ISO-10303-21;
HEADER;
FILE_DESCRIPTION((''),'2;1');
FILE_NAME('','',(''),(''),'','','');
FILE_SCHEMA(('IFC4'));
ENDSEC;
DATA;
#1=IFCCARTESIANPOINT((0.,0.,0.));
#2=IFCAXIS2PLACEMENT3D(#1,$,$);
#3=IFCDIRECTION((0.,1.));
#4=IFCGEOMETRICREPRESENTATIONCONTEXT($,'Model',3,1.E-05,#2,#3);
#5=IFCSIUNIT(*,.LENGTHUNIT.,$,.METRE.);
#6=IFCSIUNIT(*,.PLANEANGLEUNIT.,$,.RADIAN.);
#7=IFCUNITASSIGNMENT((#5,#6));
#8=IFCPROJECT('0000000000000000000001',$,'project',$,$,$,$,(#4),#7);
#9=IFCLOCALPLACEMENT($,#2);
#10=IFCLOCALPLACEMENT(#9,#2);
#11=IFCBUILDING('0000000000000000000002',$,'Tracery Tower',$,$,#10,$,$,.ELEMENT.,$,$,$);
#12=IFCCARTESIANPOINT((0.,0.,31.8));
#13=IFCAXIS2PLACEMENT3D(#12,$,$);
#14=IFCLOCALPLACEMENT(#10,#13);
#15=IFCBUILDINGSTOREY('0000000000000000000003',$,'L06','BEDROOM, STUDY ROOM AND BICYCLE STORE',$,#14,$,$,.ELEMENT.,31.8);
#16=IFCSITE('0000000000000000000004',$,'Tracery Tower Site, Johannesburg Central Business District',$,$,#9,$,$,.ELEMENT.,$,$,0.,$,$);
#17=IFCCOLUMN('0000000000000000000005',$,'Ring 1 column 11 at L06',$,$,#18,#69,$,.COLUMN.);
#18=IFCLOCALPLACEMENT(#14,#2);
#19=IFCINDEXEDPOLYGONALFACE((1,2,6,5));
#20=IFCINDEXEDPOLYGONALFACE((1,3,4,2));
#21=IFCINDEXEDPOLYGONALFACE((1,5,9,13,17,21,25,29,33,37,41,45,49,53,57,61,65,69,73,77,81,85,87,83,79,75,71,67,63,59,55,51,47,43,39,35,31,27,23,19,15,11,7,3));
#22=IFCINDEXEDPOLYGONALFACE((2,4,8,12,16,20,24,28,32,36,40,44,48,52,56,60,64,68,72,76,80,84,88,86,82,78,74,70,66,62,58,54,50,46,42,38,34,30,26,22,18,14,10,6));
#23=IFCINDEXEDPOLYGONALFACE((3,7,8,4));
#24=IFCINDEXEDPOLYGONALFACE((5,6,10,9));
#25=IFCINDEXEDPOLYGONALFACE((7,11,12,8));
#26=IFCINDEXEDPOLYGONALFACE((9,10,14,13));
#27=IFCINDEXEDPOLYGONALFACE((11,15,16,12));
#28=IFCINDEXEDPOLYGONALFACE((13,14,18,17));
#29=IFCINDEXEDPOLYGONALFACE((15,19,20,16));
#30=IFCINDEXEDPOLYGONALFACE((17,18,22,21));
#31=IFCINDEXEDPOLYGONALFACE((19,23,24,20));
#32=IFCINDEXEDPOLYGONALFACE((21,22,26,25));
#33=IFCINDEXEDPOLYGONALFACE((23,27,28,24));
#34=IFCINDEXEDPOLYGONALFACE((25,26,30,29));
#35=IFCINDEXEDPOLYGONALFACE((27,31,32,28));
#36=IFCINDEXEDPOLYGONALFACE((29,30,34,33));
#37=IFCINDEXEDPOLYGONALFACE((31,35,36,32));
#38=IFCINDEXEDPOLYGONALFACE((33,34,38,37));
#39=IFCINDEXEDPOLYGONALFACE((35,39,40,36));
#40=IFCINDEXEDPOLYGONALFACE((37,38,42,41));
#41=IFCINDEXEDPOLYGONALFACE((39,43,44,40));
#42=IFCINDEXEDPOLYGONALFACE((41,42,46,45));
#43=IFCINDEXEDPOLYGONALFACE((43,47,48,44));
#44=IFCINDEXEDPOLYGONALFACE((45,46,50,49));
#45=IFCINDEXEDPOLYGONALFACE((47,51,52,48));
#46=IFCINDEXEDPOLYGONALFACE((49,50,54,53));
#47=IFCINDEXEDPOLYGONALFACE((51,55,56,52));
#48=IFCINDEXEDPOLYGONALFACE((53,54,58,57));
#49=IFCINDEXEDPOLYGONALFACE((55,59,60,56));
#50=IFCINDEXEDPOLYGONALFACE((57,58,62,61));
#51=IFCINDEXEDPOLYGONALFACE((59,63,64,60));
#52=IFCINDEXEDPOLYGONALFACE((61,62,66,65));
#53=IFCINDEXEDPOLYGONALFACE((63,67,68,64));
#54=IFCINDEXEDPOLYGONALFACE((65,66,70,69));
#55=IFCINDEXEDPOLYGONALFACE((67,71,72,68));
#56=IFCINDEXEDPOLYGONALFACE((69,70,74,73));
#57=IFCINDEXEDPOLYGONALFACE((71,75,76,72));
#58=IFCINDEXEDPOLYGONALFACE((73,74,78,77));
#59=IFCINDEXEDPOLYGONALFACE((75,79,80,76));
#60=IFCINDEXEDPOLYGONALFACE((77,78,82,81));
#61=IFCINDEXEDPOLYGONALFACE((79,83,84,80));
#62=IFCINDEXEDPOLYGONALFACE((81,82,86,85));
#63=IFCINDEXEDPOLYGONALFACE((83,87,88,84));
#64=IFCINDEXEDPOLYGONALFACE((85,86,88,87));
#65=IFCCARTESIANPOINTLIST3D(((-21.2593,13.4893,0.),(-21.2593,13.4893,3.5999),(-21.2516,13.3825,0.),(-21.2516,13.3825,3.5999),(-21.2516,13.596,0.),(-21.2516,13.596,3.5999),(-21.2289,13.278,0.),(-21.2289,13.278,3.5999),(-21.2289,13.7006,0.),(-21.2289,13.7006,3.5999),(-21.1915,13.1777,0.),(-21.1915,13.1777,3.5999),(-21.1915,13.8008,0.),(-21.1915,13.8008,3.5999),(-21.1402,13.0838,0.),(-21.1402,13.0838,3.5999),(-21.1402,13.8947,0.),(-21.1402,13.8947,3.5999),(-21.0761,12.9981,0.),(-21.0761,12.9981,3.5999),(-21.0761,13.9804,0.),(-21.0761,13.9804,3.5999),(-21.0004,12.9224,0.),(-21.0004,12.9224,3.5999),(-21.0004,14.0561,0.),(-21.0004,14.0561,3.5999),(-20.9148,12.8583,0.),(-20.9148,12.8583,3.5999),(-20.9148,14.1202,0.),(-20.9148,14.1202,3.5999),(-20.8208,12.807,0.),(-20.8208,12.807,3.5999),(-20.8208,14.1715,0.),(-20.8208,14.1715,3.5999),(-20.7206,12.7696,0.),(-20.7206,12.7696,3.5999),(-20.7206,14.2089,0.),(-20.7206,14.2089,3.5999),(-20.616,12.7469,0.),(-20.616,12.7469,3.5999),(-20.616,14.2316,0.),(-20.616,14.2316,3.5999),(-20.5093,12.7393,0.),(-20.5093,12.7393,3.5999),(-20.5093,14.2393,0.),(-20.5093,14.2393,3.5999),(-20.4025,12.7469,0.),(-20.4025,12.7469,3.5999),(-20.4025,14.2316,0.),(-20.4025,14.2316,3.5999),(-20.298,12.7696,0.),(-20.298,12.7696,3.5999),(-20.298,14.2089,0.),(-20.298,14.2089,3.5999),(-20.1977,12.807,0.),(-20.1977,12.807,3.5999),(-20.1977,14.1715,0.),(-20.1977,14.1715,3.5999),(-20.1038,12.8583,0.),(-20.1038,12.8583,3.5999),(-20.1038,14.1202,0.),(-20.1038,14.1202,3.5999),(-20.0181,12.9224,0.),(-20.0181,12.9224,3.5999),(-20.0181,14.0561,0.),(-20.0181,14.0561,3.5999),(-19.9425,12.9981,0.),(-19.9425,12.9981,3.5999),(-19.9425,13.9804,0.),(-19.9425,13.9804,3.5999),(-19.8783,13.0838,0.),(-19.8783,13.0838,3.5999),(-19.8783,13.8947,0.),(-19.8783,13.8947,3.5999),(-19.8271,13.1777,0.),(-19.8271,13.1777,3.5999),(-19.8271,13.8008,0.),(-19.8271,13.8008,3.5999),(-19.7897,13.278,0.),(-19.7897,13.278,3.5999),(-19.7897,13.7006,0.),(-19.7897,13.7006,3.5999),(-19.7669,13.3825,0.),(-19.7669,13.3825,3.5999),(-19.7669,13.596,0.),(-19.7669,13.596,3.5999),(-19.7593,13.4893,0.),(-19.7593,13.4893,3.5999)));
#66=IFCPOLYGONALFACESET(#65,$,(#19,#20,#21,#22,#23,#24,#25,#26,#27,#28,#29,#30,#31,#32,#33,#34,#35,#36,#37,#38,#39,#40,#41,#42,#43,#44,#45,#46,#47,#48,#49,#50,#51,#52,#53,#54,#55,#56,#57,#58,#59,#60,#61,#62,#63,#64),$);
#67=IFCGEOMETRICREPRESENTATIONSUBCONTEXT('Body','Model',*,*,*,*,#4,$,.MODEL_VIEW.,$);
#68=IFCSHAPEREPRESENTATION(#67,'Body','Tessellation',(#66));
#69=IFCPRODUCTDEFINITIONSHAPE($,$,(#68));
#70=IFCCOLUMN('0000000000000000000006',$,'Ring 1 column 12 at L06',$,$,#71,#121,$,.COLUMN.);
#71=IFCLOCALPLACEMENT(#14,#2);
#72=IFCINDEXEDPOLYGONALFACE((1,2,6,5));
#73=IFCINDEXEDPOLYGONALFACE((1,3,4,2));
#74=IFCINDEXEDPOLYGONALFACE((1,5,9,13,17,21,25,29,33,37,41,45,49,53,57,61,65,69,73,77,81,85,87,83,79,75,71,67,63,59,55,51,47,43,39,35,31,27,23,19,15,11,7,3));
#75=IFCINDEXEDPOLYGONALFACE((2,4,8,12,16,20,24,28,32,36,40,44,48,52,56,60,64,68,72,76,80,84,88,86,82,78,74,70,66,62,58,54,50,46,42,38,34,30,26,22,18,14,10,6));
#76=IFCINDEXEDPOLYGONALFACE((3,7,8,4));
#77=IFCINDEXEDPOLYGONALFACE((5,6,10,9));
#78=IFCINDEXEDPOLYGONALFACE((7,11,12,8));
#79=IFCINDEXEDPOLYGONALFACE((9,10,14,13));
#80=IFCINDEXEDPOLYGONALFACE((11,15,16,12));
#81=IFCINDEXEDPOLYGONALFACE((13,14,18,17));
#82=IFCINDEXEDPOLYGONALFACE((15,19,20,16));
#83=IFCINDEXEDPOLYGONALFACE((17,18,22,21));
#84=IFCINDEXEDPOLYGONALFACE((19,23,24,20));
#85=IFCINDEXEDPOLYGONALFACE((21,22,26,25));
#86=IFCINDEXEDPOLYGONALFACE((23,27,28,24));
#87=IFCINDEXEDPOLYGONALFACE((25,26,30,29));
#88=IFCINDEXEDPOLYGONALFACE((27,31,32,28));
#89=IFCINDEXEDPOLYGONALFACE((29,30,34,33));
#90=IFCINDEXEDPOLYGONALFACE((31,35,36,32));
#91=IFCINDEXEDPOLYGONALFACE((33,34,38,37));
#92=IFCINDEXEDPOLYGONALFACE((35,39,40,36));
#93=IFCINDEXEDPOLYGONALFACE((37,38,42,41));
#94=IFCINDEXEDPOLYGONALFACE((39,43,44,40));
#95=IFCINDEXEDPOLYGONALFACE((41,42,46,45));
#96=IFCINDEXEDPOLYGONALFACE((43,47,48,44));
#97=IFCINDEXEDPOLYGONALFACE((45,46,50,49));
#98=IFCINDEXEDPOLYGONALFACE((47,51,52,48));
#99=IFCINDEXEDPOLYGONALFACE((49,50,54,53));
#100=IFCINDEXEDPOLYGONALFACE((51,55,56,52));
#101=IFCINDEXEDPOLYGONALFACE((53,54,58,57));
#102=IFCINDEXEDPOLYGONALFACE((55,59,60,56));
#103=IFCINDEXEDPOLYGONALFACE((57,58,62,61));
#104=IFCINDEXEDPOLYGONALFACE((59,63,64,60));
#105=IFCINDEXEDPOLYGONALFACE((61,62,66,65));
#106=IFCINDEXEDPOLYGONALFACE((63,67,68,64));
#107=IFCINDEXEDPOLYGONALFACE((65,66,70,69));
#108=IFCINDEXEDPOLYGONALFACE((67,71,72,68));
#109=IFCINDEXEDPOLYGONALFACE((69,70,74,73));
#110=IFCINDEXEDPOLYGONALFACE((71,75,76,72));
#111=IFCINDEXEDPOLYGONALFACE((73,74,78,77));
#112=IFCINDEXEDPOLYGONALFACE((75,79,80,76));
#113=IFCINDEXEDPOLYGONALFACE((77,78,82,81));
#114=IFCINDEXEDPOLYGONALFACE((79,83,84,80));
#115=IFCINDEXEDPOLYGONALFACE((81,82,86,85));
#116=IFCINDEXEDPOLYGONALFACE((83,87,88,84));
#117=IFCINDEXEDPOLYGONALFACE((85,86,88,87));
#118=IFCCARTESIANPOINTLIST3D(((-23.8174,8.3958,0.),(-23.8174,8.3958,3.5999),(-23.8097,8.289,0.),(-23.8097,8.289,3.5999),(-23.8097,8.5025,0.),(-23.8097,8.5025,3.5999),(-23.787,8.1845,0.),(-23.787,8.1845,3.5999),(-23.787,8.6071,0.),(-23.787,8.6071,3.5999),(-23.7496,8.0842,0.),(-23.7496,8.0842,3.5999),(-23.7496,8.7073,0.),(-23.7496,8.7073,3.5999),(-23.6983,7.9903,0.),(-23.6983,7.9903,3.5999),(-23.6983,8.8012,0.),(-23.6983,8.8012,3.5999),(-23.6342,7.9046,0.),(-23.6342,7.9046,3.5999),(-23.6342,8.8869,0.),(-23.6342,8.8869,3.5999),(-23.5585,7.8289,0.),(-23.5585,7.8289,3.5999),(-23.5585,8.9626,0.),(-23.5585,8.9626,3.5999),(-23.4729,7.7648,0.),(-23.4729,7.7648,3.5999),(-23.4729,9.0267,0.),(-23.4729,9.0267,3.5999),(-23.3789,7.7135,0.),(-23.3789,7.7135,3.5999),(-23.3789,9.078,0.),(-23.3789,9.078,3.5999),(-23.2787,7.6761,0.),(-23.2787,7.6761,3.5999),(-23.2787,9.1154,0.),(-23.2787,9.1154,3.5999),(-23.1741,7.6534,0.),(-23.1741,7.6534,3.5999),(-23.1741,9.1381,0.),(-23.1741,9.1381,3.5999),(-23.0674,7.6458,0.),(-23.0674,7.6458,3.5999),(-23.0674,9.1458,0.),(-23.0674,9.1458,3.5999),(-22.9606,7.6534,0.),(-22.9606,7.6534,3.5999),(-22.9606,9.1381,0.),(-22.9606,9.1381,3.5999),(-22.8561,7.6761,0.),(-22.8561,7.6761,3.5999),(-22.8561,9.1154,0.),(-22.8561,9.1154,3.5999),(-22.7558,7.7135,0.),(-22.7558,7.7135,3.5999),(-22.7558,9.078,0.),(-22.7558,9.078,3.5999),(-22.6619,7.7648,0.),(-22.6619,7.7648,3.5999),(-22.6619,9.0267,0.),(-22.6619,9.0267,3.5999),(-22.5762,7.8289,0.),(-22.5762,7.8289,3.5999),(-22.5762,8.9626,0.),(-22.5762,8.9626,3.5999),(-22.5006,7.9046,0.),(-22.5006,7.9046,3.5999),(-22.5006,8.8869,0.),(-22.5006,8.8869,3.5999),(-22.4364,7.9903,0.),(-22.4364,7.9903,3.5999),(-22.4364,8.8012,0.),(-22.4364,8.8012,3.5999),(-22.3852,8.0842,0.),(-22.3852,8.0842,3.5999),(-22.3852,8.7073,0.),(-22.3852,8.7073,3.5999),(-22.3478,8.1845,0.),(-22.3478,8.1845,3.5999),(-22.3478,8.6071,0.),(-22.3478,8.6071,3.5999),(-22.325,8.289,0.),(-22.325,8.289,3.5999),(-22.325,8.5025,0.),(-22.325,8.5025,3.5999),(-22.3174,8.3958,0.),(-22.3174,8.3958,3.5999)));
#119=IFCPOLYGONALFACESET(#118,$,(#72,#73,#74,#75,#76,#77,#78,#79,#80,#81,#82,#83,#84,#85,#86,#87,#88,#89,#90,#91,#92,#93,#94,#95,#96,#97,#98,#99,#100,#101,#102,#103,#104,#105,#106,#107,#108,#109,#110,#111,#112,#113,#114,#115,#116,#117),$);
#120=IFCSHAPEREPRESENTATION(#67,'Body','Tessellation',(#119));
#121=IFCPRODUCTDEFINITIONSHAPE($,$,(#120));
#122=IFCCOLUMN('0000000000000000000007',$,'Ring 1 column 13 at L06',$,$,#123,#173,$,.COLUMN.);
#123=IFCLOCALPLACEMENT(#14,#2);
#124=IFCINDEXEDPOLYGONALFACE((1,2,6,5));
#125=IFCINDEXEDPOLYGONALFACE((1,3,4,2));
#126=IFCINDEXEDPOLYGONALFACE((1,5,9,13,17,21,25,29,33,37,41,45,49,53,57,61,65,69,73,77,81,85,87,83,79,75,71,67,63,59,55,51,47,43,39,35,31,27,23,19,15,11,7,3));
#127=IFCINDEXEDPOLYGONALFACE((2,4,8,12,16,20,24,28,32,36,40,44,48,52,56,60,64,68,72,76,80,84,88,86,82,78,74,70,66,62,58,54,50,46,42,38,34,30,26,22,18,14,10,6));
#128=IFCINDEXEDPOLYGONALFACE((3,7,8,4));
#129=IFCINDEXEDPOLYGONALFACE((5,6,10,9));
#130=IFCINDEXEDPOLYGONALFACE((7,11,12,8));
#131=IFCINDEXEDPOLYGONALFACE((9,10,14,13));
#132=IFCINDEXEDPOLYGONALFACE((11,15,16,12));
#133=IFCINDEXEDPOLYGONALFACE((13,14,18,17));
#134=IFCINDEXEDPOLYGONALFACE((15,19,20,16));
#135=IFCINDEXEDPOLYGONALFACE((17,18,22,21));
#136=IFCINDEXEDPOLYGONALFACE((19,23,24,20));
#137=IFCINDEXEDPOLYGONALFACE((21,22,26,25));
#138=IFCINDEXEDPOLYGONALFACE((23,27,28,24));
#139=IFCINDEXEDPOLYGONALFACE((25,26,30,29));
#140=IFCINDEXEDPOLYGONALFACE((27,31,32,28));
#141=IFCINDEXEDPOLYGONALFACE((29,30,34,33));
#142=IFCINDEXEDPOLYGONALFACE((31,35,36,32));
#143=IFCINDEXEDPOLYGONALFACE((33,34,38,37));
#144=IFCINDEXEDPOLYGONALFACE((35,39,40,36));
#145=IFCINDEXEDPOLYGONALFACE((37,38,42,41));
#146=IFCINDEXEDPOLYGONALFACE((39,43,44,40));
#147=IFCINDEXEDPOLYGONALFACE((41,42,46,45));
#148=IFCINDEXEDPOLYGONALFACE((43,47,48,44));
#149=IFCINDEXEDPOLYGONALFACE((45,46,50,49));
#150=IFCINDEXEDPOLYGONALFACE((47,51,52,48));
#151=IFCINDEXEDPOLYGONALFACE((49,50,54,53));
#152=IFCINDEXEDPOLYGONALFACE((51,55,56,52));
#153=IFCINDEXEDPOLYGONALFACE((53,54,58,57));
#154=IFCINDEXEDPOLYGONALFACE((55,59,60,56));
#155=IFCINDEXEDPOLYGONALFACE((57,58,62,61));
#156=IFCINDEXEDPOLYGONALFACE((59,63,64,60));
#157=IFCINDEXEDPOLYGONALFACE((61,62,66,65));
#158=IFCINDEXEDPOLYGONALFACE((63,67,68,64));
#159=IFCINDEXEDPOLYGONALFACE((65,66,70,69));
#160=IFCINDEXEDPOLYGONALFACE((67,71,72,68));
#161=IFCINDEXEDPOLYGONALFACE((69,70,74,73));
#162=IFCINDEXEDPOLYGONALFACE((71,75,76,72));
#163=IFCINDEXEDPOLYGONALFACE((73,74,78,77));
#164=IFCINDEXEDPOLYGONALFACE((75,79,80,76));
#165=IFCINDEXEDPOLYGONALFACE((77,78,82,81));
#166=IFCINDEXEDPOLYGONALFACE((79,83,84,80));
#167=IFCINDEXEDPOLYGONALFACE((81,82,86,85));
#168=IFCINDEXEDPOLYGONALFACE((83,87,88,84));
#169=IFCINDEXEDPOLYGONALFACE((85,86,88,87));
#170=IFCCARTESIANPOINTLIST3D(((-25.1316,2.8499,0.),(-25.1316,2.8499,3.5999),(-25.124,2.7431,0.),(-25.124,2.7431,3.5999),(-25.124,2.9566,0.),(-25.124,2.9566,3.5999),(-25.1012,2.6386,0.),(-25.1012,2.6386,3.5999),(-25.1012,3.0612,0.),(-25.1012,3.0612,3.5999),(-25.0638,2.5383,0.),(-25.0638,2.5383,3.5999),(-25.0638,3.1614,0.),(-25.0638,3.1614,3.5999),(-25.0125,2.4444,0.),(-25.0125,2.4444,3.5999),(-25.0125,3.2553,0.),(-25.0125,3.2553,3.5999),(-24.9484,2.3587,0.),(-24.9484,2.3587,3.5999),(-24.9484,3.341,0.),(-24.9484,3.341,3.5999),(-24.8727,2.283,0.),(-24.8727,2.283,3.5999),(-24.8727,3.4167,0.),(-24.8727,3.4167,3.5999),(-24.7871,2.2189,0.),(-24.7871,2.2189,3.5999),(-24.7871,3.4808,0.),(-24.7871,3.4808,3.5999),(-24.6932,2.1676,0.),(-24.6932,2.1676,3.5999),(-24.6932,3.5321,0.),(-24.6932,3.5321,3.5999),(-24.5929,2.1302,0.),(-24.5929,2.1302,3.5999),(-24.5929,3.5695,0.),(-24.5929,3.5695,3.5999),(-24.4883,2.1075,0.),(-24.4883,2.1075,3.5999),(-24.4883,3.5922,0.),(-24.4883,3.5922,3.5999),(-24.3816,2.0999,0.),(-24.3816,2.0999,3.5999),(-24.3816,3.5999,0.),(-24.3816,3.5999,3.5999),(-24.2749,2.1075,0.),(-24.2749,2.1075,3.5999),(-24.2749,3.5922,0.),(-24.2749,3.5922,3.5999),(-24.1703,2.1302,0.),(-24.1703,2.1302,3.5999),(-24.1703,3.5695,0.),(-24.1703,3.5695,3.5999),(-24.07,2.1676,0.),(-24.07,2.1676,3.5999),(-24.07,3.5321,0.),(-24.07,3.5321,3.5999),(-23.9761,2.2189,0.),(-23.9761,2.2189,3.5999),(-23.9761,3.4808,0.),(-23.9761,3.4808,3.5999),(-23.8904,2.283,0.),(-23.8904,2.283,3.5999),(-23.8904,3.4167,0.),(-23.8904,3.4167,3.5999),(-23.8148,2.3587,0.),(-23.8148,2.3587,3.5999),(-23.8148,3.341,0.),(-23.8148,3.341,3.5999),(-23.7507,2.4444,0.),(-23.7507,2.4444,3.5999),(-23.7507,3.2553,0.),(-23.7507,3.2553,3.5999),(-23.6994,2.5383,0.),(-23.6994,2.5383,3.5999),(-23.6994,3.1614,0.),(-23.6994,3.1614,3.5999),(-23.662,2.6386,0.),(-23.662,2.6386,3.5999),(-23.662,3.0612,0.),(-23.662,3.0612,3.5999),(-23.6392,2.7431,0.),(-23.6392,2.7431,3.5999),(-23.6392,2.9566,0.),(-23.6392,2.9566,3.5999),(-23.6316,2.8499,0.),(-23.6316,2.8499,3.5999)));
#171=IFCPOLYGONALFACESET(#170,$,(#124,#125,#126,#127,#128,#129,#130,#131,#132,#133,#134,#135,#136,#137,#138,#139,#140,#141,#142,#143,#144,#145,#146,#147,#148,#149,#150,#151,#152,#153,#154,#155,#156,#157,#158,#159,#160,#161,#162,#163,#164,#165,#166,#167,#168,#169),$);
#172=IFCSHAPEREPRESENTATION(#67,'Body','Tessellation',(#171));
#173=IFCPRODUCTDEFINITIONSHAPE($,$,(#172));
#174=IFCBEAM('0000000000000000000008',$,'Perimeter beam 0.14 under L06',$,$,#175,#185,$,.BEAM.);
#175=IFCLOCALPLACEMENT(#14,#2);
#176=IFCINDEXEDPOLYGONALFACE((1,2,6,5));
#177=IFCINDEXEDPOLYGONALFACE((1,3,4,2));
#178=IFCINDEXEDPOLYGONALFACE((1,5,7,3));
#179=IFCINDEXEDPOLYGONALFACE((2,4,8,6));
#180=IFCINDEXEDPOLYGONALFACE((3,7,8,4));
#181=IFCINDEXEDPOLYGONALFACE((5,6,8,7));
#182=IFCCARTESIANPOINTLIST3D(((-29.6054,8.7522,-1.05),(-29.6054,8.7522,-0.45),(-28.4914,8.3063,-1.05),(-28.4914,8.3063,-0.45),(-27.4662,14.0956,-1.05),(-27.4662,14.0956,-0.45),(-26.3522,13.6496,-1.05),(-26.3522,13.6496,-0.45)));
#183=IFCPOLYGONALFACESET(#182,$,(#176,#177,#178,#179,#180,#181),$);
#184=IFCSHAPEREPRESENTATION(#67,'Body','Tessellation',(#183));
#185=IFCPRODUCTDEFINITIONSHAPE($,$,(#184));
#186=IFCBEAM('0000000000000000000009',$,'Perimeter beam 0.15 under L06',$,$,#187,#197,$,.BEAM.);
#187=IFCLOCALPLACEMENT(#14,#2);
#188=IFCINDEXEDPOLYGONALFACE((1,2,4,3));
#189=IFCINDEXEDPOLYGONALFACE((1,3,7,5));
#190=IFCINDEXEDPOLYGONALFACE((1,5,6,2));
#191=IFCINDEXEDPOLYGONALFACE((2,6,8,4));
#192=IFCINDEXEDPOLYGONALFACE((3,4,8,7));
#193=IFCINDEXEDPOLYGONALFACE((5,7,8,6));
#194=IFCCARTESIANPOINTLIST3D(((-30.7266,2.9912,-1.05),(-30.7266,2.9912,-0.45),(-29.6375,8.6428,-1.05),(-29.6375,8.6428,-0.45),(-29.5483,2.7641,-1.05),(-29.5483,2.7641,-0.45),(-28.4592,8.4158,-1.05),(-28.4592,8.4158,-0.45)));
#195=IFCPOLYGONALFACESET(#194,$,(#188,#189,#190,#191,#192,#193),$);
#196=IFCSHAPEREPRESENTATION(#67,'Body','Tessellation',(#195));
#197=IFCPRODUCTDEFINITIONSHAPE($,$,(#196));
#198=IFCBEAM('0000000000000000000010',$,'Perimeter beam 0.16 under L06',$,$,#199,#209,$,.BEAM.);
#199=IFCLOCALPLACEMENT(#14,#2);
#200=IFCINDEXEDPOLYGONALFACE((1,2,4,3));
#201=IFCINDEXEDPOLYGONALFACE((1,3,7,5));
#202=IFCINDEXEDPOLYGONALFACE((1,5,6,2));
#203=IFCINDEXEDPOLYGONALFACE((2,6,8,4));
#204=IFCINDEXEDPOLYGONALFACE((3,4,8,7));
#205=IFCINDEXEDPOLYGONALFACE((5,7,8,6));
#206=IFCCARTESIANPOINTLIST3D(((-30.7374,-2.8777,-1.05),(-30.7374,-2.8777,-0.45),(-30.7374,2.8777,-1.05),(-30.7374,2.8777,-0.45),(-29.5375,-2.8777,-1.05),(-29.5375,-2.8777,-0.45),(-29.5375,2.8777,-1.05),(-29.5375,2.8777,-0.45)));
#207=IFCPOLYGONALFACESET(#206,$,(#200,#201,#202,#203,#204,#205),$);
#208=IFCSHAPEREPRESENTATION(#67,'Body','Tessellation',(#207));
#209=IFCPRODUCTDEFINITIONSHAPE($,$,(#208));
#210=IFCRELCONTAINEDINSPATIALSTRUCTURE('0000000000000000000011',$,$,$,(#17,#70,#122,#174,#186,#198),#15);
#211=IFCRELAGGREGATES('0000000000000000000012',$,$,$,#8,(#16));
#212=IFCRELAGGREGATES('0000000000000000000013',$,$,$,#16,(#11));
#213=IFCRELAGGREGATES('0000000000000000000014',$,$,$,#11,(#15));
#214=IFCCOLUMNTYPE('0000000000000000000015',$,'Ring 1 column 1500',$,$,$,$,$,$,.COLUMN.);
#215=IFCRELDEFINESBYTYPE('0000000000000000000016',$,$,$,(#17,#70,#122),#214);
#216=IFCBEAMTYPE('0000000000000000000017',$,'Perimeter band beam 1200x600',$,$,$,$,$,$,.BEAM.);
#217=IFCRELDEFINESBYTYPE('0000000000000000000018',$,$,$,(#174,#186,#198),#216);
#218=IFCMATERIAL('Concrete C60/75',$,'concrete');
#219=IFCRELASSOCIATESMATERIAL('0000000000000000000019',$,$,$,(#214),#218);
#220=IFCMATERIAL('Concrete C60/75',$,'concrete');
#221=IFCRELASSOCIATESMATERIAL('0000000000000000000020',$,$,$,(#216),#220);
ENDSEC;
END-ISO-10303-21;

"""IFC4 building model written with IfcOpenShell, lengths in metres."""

from ifc_helpers import new_model, si_unit, direction, frame, origin, origin_2d, place, context, subcontext, project, spatial, rectangle, circle, extrude, material, material_profile, profile_set, type_object, element, save


model = new_model("IFC4")

# Units and contexts
model_context = context("Model", 3, precision=1e-05, world=origin(), true_north=direction((0.0, 1.0)))
body_context = subcontext(model_context, "Body", "Model", "MODEL_VIEW")
ifc_project = project(units=[si_unit("LENGTHUNIT", "METRE"), si_unit("PLANEANGLEUNIT", "RADIAN")], contexts=[model_context])

# Site, building, storey
site_placement = place(None, origin())
site = spatial("IfcSite", under=ifc_project, at=site_placement, Name="Tracery Tower Site, Johannesburg Central Business District", CompositionType="ELEMENT", RefElevation=0.0)
building_placement = place(site_placement, origin())
building = spatial("IfcBuilding", under=site, at=building_placement, Name="Tracery Tower", CompositionType="ELEMENT")
storey_placement = place(building_placement, frame((0.0, 0.0, 31.8)))
storey = spatial("IfcBuildingStorey", under=building, at=storey_placement, Name="L06", Description="BEDROOM, STUDY ROOM AND BICYCLE STORE", CompositionType="ELEMENT", Elevation=31.8)

# Columns
ifc_material_1 = material(Name="Concrete C60/75", Category="concrete")
ifc_material_profile_1 = material_profile(ifc_material_1, circle(Radius=0.75, at=origin_2d()), Name="RC D1500")
ifc_profile_set_1 = profile_set([ifc_material_profile_1], Name="Concrete C60/75")
column_type_1 = type_object("IfcColumnType", Name="Ring 1 column 1500", PredefinedType="COLUMN", material=ifc_profile_set_1)
for number, where, z_axis, x_axis, name in (
    (1, (-20.5093, 13.4893, 0.0), (0.0, 0.0, 1.0), (1.0, 0.0, 0.0), "Ring 1 column 11 at L06"),
    (2, (-23.0674, 8.3958, 0.0), (0.0, 0.0, 1.0), (1.0, 0.0, 0.0), "Ring 1 column 12 at L06"),
    (3, (-24.3816, 2.8499, 0.0), (0.0, 0.0, 1.0), (1.0, 0.0, 0.0), "Ring 1 column 13 at L06"),
):
    element("IfcColumn", number, at=place(storey_placement, frame(where, z_axis=z_axis, x_axis=x_axis)), inside=storey, type_object=column_type_1, Name=name, PredefinedType="COLUMN", context=body_context, shape_type="SweptSolid", body=[
        extrude(circle(Radius=0.75, at=origin_2d()), origin(), (0.0, 0.0, 1.0), 3.5999),
    ])

# Beams
ifc_material_2 = material(Name="Concrete C60/75", Category="concrete")
ifc_material_profile_2 = material_profile(ifc_material_2, rectangle(XDim=1.2, YDim=0.6001, at=origin_2d()), Name="RC 1200x600")
ifc_profile_set_2 = profile_set([ifc_material_profile_2], Name="Concrete C60/75")
beam_type = type_object("IfcBeamType", Name="Perimeter band beam 1200x600", PredefinedType="BEAM", material=ifc_profile_set_2)
for number, where, z_axis, x_axis, name in (
    (4, (-26.9092, 13.8726, -0.75), (-0.371669, -0.928365, 0.0), (0.928365, -0.371669, 0.0), "Perimeter beam 0.14 under L06"),
    (5, (-29.0483, 8.5293, -0.75), (-0.189227, -0.981933, 0.0), (0.981933, -0.189227, 0.0), "Perimeter beam 0.15 under L06"),
):
    element("IfcBeam", number, at=place(storey_placement, frame(where, z_axis=z_axis, x_axis=x_axis)), inside=storey, type_object=beam_type, Name=name, PredefinedType="BEAM", context=body_context, shape_type="SweptSolid", body=[
        extrude(rectangle(XDim=1.2, YDim=0.6001, at=origin_2d()), origin(), (0.0, 0.0, 1.0), 5.7556),
    ])
beam_placement = place(storey_placement, frame((-30.1375, 2.8777, -0.75), z_axis=(0.0, -1.0, 0.0), x_axis=(1.0, 0.0, 0.0)))
element("IfcBeam", 6, at=beam_placement, inside=storey, type_object=beam_type, Name="Perimeter beam 0.16 under L06", PredefinedType="BEAM", context=body_context, shape_type="SweptSolid", body=[
    extrude(rectangle(XDim=1.2, YDim=0.6001, at=origin_2d()), origin(), (0.0, 0.0, 1.0), 5.7554),
])

save(model, "model.ifc")
